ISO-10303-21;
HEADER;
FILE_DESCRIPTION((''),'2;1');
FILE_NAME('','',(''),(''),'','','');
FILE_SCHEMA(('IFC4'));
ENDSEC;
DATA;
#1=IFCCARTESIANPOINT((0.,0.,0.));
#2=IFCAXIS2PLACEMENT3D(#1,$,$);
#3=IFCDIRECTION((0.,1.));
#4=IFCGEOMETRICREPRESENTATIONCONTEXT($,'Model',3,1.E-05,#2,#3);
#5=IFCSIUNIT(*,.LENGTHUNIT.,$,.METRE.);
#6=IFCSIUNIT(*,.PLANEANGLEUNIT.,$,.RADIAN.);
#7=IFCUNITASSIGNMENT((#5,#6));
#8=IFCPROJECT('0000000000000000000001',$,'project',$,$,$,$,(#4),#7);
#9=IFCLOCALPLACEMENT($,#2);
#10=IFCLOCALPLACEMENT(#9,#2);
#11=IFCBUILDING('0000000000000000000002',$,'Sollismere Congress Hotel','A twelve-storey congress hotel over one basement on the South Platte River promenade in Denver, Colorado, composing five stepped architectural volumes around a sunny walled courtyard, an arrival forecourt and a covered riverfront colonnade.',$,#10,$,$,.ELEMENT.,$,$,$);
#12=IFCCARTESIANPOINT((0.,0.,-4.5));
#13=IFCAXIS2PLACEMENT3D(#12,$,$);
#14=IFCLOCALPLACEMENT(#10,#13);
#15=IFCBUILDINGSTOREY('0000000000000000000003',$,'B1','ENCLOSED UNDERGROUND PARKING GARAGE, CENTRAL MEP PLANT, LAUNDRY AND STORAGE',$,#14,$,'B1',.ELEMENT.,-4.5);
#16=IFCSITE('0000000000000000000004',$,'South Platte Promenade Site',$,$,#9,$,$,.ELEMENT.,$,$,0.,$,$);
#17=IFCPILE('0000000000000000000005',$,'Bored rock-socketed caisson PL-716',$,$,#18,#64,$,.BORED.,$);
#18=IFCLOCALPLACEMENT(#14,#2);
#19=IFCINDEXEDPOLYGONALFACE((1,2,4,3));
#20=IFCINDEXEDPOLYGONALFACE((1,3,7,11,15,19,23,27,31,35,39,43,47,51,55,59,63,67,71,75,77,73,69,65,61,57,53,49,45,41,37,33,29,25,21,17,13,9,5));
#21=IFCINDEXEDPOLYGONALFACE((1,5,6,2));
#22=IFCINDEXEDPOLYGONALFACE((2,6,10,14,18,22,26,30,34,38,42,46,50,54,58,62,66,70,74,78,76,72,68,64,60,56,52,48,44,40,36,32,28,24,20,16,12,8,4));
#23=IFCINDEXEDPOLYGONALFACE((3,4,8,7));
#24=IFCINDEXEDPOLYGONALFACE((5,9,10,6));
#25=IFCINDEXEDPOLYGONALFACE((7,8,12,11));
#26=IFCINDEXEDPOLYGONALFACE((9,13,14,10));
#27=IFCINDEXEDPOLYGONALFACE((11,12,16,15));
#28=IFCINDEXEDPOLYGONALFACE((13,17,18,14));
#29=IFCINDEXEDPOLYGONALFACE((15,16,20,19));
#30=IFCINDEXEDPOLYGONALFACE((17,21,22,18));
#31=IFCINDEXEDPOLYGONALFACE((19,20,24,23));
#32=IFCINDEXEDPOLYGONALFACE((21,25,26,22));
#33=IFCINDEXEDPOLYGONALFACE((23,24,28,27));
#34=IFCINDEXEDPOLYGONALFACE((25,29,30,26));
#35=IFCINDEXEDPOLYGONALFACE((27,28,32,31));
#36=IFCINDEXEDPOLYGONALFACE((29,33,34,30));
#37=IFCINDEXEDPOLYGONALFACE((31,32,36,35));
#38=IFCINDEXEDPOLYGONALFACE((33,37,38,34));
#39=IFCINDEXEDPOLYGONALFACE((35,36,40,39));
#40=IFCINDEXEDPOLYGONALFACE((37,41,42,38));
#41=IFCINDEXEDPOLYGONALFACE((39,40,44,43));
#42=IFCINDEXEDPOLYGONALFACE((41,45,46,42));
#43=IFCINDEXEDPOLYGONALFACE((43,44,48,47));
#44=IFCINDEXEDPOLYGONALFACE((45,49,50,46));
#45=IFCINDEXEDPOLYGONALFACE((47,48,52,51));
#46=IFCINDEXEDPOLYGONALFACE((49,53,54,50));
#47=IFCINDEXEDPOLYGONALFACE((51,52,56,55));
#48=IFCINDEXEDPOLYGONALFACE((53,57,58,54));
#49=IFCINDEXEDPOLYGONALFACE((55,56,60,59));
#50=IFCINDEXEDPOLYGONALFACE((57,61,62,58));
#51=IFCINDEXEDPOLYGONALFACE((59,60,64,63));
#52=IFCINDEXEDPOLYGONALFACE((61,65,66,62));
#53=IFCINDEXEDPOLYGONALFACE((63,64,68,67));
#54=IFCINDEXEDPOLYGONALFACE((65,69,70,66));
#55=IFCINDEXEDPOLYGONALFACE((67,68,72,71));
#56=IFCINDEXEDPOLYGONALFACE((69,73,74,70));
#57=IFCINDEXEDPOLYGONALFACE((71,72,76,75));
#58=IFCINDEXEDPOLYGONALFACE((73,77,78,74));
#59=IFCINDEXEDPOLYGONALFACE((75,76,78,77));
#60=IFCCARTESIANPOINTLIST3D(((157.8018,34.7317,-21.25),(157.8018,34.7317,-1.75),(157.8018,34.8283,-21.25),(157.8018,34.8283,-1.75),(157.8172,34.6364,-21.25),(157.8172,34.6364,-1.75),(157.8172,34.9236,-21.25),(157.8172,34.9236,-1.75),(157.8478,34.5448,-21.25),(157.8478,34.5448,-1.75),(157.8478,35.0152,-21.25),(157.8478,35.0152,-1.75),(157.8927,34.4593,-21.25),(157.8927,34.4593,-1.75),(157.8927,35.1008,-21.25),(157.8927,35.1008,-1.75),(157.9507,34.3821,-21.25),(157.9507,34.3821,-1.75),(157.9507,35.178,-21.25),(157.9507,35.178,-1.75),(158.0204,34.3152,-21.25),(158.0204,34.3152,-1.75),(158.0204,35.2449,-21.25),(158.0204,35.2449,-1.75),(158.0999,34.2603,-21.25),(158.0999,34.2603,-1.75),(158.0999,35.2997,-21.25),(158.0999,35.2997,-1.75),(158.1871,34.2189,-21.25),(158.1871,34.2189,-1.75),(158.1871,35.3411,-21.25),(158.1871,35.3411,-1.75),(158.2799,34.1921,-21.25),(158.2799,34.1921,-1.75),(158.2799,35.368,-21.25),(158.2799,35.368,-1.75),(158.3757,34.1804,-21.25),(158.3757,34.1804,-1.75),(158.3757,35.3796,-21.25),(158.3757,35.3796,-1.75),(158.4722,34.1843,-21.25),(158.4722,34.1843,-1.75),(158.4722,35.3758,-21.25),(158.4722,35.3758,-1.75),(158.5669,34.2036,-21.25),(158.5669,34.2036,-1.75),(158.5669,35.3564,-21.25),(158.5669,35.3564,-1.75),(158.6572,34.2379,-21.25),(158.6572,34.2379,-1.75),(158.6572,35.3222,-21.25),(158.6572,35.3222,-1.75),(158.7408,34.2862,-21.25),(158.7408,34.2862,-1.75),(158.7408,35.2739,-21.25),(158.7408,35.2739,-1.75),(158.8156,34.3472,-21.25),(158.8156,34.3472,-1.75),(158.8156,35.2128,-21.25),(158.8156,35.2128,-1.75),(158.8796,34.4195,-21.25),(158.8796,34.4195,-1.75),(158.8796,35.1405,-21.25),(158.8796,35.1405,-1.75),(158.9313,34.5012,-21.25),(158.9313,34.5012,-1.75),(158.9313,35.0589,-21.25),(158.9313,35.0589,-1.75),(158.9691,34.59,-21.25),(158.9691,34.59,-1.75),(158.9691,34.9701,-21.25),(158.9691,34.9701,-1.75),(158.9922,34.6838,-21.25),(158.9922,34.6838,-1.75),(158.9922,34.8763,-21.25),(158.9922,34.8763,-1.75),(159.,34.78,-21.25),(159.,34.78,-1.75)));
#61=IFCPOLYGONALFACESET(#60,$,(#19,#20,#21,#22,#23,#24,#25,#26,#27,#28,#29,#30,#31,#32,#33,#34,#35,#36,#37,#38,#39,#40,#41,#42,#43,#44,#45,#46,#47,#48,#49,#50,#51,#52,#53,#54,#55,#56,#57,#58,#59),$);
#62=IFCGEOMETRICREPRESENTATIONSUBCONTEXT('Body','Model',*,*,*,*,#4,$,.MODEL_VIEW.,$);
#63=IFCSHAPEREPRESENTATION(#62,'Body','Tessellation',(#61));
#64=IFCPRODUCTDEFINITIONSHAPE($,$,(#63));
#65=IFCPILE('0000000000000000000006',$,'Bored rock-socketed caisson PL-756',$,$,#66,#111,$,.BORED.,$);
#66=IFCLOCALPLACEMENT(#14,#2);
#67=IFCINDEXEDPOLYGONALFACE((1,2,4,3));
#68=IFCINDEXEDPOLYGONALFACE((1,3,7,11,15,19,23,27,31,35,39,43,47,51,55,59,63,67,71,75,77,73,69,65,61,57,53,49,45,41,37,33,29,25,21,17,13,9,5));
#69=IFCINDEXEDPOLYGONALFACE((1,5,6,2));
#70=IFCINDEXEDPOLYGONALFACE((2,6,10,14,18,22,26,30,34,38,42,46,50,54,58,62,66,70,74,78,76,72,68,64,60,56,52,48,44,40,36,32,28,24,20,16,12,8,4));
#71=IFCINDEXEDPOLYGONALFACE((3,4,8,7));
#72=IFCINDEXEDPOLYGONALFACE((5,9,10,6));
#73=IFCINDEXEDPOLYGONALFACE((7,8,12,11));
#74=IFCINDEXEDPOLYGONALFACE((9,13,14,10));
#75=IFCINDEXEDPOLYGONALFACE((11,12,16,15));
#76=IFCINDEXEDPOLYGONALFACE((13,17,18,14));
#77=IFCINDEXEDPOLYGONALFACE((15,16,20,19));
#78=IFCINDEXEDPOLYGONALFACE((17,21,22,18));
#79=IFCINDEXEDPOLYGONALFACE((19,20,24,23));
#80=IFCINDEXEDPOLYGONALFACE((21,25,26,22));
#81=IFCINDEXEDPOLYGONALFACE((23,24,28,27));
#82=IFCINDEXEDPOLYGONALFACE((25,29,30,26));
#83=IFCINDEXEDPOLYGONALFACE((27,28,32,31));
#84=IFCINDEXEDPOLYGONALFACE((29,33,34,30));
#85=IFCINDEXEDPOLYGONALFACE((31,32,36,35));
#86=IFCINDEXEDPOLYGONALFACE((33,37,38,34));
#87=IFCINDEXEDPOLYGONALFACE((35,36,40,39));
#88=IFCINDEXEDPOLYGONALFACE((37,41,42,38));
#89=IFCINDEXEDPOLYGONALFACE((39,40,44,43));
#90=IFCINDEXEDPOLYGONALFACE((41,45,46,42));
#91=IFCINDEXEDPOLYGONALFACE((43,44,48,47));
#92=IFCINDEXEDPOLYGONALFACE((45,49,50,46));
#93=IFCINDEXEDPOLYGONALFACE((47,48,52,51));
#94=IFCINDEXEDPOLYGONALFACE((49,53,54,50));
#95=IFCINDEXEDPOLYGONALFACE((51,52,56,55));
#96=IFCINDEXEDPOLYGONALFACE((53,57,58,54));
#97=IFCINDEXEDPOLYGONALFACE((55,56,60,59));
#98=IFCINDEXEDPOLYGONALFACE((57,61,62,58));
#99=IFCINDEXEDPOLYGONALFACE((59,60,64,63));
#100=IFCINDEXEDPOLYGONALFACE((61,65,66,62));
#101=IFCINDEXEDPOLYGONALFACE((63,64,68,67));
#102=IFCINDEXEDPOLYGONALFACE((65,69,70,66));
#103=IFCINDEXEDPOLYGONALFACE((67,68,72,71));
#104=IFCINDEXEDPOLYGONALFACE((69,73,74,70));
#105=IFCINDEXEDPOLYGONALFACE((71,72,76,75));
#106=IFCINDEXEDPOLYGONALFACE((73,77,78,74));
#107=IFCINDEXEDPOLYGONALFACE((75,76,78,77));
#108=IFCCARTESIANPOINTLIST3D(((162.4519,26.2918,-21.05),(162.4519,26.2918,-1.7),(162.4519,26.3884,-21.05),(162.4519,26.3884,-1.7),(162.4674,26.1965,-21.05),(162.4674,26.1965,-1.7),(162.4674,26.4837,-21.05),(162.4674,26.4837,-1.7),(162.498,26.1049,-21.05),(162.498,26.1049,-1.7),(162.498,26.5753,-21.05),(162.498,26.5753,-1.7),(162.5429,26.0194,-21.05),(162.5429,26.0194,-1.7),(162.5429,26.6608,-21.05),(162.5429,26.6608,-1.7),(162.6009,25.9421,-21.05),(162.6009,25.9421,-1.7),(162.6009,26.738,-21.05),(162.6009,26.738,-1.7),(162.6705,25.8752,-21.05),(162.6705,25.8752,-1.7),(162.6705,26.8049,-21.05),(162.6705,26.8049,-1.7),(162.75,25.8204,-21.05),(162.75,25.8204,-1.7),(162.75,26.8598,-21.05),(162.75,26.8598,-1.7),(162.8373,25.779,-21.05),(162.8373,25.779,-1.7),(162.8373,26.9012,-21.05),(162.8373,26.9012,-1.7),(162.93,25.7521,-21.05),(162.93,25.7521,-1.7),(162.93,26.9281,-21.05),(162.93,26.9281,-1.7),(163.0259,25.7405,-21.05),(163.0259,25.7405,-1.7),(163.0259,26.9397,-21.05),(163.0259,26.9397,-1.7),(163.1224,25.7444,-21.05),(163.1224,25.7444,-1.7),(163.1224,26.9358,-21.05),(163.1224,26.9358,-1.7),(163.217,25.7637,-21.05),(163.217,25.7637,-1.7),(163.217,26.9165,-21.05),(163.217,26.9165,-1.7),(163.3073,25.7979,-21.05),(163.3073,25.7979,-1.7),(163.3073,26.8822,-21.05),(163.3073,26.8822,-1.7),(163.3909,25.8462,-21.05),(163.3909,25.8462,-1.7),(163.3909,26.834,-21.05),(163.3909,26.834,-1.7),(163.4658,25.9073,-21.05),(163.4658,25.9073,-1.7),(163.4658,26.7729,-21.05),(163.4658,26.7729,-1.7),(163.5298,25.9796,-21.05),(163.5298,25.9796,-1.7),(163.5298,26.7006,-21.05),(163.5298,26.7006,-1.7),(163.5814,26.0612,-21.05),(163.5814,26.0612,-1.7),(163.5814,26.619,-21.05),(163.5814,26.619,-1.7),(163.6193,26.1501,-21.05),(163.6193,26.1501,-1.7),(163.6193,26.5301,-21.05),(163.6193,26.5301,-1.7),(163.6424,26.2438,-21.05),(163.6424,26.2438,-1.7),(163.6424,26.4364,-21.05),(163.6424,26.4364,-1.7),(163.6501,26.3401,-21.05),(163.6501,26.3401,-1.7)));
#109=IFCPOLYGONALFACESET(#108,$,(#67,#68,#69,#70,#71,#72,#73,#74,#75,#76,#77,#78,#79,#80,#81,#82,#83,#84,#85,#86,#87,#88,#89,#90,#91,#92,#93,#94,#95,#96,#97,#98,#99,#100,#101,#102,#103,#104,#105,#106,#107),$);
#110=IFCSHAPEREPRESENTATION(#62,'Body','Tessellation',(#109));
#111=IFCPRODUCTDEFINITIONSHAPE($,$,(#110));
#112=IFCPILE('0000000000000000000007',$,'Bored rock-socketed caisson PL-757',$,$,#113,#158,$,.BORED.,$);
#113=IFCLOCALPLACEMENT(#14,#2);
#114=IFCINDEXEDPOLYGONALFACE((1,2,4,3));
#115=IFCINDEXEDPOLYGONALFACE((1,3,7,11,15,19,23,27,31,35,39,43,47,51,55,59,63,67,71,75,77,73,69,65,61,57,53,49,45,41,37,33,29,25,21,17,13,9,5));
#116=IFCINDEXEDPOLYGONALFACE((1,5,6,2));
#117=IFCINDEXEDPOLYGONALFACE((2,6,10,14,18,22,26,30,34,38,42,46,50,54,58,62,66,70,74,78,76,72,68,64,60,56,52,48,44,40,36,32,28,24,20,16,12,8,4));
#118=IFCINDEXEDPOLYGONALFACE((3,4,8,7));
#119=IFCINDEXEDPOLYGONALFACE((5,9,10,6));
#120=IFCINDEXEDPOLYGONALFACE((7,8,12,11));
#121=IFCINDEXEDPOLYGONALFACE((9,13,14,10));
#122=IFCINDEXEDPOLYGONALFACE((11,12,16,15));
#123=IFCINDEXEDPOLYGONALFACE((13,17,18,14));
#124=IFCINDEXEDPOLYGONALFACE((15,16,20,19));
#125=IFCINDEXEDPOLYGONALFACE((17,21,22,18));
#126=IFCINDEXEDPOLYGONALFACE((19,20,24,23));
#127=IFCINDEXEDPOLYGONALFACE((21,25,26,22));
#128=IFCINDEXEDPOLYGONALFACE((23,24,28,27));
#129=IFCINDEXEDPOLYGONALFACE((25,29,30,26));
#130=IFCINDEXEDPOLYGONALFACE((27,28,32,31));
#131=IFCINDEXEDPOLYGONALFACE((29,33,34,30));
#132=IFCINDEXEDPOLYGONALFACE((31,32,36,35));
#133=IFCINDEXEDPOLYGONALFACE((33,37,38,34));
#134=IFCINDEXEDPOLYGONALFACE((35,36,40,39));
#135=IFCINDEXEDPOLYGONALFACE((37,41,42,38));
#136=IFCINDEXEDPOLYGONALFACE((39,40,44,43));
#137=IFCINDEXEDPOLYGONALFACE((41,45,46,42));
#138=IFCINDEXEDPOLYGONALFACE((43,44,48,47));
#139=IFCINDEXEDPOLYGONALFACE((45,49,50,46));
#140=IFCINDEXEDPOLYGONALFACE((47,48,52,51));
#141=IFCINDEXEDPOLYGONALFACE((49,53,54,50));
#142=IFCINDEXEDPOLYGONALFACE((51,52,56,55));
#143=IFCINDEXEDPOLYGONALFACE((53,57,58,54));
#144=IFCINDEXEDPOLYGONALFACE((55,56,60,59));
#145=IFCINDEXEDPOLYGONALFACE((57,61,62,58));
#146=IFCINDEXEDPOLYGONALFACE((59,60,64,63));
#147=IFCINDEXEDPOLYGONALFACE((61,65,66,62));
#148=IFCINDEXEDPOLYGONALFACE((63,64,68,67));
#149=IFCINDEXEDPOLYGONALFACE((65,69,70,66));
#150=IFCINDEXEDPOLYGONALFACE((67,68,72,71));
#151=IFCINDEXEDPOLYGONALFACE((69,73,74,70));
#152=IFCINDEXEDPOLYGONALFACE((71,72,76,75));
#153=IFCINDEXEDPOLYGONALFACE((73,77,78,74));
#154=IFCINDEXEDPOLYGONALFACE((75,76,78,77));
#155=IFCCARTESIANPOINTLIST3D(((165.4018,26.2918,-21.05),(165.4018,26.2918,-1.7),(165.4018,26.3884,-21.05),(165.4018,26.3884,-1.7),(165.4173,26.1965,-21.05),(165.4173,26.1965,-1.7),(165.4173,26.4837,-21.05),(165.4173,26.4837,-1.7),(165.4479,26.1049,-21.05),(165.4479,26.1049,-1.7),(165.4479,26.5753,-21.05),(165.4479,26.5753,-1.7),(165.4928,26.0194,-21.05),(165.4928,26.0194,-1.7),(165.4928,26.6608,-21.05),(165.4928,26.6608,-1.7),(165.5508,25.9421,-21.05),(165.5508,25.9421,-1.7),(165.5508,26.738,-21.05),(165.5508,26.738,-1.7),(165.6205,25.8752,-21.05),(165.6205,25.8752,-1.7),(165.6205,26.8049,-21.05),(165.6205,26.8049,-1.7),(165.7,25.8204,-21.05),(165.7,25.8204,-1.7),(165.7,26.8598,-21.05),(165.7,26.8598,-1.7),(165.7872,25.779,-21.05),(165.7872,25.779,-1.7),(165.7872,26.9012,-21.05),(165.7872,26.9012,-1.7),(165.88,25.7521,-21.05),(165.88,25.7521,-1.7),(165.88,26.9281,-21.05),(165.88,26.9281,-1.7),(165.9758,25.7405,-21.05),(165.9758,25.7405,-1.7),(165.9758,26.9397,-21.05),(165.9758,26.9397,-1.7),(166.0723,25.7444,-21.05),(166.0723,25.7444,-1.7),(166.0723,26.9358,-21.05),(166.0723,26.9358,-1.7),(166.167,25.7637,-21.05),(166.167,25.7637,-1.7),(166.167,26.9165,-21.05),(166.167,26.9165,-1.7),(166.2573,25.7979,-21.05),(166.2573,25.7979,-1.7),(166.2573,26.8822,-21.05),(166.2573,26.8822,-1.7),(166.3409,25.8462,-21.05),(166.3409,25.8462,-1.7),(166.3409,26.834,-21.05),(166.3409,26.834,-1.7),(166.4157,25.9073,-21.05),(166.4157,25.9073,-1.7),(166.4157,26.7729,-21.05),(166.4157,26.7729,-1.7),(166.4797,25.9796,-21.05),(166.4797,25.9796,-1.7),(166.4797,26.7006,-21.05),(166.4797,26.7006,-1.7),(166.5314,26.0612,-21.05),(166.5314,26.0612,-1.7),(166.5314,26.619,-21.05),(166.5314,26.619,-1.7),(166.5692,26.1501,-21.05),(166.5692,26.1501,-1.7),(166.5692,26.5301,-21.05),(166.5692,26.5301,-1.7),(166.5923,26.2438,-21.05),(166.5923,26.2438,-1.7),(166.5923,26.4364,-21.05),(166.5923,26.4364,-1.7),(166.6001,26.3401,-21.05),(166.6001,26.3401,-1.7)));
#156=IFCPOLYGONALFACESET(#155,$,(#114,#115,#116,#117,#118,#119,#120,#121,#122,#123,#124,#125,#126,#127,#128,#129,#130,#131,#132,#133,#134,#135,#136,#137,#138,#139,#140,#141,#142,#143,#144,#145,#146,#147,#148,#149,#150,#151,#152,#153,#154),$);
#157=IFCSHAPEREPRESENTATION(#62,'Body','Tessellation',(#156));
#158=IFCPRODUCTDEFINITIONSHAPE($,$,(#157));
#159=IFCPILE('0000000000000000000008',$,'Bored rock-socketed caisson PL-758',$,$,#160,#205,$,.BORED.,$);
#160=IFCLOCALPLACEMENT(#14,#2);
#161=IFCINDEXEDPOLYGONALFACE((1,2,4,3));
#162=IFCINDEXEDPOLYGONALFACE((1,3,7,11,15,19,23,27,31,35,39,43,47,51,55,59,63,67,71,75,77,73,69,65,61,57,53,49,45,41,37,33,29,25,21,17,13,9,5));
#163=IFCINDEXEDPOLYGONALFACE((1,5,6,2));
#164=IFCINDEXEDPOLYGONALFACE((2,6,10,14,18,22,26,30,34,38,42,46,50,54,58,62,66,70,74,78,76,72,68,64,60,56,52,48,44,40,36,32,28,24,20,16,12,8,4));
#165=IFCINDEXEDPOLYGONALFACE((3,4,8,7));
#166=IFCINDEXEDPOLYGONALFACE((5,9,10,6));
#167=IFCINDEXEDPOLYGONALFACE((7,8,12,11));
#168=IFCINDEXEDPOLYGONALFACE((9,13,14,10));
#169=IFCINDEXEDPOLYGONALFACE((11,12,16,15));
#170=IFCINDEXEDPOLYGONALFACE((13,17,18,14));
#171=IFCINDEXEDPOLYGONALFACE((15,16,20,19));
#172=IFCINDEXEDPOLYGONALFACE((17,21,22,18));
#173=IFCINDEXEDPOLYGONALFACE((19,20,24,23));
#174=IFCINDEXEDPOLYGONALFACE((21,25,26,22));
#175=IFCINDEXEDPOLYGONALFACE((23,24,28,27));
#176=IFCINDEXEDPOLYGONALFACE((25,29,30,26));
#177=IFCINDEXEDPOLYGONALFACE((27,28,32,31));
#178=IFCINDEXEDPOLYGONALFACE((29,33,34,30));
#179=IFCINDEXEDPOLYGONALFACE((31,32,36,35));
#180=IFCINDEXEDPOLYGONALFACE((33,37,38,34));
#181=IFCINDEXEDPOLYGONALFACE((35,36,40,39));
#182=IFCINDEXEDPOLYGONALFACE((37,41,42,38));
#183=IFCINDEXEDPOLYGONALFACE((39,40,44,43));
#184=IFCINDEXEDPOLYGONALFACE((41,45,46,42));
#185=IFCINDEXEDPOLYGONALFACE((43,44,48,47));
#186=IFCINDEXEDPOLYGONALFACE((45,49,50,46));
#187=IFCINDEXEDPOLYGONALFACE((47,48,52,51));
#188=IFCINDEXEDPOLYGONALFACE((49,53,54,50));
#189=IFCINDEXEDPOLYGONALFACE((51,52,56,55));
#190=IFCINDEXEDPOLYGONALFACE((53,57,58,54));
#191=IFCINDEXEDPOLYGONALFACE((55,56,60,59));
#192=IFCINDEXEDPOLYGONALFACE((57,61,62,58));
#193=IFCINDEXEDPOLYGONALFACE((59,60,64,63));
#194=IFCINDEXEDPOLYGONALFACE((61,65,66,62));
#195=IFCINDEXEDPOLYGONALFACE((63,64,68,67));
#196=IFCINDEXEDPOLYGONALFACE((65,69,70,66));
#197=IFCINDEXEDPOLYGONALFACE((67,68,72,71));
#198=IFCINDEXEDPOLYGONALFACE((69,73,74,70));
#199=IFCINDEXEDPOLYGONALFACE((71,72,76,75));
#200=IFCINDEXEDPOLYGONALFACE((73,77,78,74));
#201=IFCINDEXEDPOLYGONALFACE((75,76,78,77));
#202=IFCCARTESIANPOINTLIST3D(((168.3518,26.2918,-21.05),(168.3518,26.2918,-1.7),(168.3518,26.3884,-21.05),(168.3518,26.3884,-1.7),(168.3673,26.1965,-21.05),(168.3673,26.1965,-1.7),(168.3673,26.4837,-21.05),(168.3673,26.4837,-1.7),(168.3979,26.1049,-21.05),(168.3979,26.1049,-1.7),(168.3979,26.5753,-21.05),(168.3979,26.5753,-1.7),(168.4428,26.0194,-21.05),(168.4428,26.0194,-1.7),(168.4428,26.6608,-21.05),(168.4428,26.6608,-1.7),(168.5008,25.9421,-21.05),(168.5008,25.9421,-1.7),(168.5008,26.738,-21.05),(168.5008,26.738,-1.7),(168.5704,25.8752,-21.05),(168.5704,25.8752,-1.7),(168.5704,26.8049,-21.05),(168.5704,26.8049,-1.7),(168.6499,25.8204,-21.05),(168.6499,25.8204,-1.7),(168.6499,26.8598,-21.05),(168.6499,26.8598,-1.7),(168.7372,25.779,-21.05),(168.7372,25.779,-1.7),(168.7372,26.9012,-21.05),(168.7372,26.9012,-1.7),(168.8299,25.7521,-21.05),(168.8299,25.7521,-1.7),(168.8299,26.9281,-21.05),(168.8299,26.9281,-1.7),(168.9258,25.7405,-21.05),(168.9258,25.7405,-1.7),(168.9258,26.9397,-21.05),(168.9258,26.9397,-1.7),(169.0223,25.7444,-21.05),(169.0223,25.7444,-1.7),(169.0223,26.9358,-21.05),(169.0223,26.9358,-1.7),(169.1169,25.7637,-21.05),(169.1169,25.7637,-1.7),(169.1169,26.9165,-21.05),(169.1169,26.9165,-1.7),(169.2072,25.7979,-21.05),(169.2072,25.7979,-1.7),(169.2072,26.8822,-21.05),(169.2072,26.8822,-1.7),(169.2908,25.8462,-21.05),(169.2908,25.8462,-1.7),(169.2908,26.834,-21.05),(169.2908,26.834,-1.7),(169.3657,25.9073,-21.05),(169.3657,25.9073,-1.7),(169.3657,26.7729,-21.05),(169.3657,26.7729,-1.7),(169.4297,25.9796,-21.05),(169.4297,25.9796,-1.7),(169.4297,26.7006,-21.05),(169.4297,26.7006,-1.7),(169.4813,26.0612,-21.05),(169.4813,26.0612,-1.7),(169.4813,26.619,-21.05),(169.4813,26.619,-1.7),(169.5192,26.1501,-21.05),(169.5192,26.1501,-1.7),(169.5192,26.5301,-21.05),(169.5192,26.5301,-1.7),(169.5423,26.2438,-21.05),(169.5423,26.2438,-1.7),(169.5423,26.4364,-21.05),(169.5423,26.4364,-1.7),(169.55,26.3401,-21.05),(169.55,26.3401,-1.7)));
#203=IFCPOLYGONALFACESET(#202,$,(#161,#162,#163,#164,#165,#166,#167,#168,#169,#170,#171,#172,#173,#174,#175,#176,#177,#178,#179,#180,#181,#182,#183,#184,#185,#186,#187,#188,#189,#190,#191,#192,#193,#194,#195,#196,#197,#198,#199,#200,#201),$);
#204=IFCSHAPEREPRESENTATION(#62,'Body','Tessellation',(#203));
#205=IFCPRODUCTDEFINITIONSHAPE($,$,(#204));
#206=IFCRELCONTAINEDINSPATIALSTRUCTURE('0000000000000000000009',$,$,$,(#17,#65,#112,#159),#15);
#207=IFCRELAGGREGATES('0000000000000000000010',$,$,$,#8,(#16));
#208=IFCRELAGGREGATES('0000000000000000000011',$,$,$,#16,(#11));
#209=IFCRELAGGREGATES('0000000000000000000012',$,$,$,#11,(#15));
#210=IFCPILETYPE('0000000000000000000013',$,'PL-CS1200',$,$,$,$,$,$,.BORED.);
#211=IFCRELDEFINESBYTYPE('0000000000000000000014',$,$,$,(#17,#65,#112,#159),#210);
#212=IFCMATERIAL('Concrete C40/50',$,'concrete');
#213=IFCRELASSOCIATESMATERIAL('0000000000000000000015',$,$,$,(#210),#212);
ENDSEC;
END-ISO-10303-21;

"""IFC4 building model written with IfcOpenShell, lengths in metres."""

from ifc_helpers import new_model, si_unit, direction, frame, origin, origin_2d, place, context, subcontext, project, spatial, circle, extrude, material, material_profile, profile_set, type_object, element, save


model = new_model("IFC4")

# Units and contexts
model_context = context("Model", 3, precision=1e-05, world=origin(), true_north=direction((0.0, 1.0)))
body_context = subcontext(model_context, "Body", "Model", "MODEL_VIEW")
ifc_project = project(units=[si_unit("LENGTHUNIT", "METRE"), si_unit("PLANEANGLEUNIT", "RADIAN")], contexts=[model_context])

# Site, building, storey
site_placement = place(None, origin())
site = spatial("IfcSite", under=ifc_project, at=site_placement, Name="South Platte Promenade Site", CompositionType="ELEMENT", RefElevation=0.0)
building_placement = place(site_placement, origin())
building = spatial("IfcBuilding", under=site, at=building_placement, Name="Sollismere Congress Hotel", Description="A twelve-storey congress hotel over one basement on the South Platte River promenade in Denver, Colorado, composing five stepped architectural volumes around a sunny walled courtyard, an arrival forecourt and a covered riverfront colonnade.", CompositionType="ELEMENT")
storey_placement = place(building_placement, frame((0.0, 0.0, -4.5)))
storey = spatial("IfcBuildingStorey", under=building, at=storey_placement, Name="B1", Description="ENCLOSED UNDERGROUND PARKING GARAGE, CENTRAL MEP PLANT, LAUNDRY AND STORAGE", LongName="B1", CompositionType="ELEMENT", Elevation=-4.5)

# Shared definitions
ifc_material_1 = material(Name="Concrete C40/50", Category="concrete")

# Piles
ifc_material_profile_1 = material_profile(ifc_material_1, circle(Radius=0.6001, at=origin_2d()), Name="CAISSON1200")
ifc_profile_set_1 = profile_set([ifc_material_profile_1], Name="Concrete C40/50")
pile_type = type_object("IfcPileType", Name="PL-CS1200", PredefinedType="BORED", material=ifc_profile_set_1)
for number, where, z_axis, x_axis, name in (
    (1, (158.3999, 34.78, -1.75), (0.0, 0.0, -1.0), (1.0, 0.0, 0.0), "Bored rock-socketed caisson PL-716"),
):
    element("IfcPile", number, at=place(storey_placement, frame(where, z_axis=z_axis, x_axis=x_axis)), inside=storey, type_object=pile_type, Name=name, PredefinedType="BORED", context=body_context, shape_type="SweptSolid", body=[
        extrude(circle(Radius=0.6001, at=origin_2d()), origin(), (0.0, 0.0, 1.0), 19.5),
    ])
for number, where, z_axis, x_axis, name in (
    (2, (163.05, 26.3401, -1.7), (0.0, 0.0, -1.0), (1.0, 0.0, 0.0), "Bored rock-socketed caisson PL-756"),
    (3, (166.0, 26.3401, -1.7), (0.0, 0.0, -1.0), (1.0, 0.0, 0.0), "Bored rock-socketed caisson PL-757"),
    (4, (168.95, 26.3401, -1.7), (0.0, 0.0, -1.0), (1.0, 0.0, 0.0), "Bored rock-socketed caisson PL-758"),
):
    element("IfcPile", number, at=place(storey_placement, frame(where, z_axis=z_axis, x_axis=x_axis)), inside=storey, type_object=pile_type, Name=name, PredefinedType="BORED", context=body_context, shape_type="SweptSolid", body=[
        extrude(circle(Radius=0.6001, at=origin_2d()), origin(), (0.0, 0.0, 1.0), 19.3501),
    ])

save(model, "model.ifc")
